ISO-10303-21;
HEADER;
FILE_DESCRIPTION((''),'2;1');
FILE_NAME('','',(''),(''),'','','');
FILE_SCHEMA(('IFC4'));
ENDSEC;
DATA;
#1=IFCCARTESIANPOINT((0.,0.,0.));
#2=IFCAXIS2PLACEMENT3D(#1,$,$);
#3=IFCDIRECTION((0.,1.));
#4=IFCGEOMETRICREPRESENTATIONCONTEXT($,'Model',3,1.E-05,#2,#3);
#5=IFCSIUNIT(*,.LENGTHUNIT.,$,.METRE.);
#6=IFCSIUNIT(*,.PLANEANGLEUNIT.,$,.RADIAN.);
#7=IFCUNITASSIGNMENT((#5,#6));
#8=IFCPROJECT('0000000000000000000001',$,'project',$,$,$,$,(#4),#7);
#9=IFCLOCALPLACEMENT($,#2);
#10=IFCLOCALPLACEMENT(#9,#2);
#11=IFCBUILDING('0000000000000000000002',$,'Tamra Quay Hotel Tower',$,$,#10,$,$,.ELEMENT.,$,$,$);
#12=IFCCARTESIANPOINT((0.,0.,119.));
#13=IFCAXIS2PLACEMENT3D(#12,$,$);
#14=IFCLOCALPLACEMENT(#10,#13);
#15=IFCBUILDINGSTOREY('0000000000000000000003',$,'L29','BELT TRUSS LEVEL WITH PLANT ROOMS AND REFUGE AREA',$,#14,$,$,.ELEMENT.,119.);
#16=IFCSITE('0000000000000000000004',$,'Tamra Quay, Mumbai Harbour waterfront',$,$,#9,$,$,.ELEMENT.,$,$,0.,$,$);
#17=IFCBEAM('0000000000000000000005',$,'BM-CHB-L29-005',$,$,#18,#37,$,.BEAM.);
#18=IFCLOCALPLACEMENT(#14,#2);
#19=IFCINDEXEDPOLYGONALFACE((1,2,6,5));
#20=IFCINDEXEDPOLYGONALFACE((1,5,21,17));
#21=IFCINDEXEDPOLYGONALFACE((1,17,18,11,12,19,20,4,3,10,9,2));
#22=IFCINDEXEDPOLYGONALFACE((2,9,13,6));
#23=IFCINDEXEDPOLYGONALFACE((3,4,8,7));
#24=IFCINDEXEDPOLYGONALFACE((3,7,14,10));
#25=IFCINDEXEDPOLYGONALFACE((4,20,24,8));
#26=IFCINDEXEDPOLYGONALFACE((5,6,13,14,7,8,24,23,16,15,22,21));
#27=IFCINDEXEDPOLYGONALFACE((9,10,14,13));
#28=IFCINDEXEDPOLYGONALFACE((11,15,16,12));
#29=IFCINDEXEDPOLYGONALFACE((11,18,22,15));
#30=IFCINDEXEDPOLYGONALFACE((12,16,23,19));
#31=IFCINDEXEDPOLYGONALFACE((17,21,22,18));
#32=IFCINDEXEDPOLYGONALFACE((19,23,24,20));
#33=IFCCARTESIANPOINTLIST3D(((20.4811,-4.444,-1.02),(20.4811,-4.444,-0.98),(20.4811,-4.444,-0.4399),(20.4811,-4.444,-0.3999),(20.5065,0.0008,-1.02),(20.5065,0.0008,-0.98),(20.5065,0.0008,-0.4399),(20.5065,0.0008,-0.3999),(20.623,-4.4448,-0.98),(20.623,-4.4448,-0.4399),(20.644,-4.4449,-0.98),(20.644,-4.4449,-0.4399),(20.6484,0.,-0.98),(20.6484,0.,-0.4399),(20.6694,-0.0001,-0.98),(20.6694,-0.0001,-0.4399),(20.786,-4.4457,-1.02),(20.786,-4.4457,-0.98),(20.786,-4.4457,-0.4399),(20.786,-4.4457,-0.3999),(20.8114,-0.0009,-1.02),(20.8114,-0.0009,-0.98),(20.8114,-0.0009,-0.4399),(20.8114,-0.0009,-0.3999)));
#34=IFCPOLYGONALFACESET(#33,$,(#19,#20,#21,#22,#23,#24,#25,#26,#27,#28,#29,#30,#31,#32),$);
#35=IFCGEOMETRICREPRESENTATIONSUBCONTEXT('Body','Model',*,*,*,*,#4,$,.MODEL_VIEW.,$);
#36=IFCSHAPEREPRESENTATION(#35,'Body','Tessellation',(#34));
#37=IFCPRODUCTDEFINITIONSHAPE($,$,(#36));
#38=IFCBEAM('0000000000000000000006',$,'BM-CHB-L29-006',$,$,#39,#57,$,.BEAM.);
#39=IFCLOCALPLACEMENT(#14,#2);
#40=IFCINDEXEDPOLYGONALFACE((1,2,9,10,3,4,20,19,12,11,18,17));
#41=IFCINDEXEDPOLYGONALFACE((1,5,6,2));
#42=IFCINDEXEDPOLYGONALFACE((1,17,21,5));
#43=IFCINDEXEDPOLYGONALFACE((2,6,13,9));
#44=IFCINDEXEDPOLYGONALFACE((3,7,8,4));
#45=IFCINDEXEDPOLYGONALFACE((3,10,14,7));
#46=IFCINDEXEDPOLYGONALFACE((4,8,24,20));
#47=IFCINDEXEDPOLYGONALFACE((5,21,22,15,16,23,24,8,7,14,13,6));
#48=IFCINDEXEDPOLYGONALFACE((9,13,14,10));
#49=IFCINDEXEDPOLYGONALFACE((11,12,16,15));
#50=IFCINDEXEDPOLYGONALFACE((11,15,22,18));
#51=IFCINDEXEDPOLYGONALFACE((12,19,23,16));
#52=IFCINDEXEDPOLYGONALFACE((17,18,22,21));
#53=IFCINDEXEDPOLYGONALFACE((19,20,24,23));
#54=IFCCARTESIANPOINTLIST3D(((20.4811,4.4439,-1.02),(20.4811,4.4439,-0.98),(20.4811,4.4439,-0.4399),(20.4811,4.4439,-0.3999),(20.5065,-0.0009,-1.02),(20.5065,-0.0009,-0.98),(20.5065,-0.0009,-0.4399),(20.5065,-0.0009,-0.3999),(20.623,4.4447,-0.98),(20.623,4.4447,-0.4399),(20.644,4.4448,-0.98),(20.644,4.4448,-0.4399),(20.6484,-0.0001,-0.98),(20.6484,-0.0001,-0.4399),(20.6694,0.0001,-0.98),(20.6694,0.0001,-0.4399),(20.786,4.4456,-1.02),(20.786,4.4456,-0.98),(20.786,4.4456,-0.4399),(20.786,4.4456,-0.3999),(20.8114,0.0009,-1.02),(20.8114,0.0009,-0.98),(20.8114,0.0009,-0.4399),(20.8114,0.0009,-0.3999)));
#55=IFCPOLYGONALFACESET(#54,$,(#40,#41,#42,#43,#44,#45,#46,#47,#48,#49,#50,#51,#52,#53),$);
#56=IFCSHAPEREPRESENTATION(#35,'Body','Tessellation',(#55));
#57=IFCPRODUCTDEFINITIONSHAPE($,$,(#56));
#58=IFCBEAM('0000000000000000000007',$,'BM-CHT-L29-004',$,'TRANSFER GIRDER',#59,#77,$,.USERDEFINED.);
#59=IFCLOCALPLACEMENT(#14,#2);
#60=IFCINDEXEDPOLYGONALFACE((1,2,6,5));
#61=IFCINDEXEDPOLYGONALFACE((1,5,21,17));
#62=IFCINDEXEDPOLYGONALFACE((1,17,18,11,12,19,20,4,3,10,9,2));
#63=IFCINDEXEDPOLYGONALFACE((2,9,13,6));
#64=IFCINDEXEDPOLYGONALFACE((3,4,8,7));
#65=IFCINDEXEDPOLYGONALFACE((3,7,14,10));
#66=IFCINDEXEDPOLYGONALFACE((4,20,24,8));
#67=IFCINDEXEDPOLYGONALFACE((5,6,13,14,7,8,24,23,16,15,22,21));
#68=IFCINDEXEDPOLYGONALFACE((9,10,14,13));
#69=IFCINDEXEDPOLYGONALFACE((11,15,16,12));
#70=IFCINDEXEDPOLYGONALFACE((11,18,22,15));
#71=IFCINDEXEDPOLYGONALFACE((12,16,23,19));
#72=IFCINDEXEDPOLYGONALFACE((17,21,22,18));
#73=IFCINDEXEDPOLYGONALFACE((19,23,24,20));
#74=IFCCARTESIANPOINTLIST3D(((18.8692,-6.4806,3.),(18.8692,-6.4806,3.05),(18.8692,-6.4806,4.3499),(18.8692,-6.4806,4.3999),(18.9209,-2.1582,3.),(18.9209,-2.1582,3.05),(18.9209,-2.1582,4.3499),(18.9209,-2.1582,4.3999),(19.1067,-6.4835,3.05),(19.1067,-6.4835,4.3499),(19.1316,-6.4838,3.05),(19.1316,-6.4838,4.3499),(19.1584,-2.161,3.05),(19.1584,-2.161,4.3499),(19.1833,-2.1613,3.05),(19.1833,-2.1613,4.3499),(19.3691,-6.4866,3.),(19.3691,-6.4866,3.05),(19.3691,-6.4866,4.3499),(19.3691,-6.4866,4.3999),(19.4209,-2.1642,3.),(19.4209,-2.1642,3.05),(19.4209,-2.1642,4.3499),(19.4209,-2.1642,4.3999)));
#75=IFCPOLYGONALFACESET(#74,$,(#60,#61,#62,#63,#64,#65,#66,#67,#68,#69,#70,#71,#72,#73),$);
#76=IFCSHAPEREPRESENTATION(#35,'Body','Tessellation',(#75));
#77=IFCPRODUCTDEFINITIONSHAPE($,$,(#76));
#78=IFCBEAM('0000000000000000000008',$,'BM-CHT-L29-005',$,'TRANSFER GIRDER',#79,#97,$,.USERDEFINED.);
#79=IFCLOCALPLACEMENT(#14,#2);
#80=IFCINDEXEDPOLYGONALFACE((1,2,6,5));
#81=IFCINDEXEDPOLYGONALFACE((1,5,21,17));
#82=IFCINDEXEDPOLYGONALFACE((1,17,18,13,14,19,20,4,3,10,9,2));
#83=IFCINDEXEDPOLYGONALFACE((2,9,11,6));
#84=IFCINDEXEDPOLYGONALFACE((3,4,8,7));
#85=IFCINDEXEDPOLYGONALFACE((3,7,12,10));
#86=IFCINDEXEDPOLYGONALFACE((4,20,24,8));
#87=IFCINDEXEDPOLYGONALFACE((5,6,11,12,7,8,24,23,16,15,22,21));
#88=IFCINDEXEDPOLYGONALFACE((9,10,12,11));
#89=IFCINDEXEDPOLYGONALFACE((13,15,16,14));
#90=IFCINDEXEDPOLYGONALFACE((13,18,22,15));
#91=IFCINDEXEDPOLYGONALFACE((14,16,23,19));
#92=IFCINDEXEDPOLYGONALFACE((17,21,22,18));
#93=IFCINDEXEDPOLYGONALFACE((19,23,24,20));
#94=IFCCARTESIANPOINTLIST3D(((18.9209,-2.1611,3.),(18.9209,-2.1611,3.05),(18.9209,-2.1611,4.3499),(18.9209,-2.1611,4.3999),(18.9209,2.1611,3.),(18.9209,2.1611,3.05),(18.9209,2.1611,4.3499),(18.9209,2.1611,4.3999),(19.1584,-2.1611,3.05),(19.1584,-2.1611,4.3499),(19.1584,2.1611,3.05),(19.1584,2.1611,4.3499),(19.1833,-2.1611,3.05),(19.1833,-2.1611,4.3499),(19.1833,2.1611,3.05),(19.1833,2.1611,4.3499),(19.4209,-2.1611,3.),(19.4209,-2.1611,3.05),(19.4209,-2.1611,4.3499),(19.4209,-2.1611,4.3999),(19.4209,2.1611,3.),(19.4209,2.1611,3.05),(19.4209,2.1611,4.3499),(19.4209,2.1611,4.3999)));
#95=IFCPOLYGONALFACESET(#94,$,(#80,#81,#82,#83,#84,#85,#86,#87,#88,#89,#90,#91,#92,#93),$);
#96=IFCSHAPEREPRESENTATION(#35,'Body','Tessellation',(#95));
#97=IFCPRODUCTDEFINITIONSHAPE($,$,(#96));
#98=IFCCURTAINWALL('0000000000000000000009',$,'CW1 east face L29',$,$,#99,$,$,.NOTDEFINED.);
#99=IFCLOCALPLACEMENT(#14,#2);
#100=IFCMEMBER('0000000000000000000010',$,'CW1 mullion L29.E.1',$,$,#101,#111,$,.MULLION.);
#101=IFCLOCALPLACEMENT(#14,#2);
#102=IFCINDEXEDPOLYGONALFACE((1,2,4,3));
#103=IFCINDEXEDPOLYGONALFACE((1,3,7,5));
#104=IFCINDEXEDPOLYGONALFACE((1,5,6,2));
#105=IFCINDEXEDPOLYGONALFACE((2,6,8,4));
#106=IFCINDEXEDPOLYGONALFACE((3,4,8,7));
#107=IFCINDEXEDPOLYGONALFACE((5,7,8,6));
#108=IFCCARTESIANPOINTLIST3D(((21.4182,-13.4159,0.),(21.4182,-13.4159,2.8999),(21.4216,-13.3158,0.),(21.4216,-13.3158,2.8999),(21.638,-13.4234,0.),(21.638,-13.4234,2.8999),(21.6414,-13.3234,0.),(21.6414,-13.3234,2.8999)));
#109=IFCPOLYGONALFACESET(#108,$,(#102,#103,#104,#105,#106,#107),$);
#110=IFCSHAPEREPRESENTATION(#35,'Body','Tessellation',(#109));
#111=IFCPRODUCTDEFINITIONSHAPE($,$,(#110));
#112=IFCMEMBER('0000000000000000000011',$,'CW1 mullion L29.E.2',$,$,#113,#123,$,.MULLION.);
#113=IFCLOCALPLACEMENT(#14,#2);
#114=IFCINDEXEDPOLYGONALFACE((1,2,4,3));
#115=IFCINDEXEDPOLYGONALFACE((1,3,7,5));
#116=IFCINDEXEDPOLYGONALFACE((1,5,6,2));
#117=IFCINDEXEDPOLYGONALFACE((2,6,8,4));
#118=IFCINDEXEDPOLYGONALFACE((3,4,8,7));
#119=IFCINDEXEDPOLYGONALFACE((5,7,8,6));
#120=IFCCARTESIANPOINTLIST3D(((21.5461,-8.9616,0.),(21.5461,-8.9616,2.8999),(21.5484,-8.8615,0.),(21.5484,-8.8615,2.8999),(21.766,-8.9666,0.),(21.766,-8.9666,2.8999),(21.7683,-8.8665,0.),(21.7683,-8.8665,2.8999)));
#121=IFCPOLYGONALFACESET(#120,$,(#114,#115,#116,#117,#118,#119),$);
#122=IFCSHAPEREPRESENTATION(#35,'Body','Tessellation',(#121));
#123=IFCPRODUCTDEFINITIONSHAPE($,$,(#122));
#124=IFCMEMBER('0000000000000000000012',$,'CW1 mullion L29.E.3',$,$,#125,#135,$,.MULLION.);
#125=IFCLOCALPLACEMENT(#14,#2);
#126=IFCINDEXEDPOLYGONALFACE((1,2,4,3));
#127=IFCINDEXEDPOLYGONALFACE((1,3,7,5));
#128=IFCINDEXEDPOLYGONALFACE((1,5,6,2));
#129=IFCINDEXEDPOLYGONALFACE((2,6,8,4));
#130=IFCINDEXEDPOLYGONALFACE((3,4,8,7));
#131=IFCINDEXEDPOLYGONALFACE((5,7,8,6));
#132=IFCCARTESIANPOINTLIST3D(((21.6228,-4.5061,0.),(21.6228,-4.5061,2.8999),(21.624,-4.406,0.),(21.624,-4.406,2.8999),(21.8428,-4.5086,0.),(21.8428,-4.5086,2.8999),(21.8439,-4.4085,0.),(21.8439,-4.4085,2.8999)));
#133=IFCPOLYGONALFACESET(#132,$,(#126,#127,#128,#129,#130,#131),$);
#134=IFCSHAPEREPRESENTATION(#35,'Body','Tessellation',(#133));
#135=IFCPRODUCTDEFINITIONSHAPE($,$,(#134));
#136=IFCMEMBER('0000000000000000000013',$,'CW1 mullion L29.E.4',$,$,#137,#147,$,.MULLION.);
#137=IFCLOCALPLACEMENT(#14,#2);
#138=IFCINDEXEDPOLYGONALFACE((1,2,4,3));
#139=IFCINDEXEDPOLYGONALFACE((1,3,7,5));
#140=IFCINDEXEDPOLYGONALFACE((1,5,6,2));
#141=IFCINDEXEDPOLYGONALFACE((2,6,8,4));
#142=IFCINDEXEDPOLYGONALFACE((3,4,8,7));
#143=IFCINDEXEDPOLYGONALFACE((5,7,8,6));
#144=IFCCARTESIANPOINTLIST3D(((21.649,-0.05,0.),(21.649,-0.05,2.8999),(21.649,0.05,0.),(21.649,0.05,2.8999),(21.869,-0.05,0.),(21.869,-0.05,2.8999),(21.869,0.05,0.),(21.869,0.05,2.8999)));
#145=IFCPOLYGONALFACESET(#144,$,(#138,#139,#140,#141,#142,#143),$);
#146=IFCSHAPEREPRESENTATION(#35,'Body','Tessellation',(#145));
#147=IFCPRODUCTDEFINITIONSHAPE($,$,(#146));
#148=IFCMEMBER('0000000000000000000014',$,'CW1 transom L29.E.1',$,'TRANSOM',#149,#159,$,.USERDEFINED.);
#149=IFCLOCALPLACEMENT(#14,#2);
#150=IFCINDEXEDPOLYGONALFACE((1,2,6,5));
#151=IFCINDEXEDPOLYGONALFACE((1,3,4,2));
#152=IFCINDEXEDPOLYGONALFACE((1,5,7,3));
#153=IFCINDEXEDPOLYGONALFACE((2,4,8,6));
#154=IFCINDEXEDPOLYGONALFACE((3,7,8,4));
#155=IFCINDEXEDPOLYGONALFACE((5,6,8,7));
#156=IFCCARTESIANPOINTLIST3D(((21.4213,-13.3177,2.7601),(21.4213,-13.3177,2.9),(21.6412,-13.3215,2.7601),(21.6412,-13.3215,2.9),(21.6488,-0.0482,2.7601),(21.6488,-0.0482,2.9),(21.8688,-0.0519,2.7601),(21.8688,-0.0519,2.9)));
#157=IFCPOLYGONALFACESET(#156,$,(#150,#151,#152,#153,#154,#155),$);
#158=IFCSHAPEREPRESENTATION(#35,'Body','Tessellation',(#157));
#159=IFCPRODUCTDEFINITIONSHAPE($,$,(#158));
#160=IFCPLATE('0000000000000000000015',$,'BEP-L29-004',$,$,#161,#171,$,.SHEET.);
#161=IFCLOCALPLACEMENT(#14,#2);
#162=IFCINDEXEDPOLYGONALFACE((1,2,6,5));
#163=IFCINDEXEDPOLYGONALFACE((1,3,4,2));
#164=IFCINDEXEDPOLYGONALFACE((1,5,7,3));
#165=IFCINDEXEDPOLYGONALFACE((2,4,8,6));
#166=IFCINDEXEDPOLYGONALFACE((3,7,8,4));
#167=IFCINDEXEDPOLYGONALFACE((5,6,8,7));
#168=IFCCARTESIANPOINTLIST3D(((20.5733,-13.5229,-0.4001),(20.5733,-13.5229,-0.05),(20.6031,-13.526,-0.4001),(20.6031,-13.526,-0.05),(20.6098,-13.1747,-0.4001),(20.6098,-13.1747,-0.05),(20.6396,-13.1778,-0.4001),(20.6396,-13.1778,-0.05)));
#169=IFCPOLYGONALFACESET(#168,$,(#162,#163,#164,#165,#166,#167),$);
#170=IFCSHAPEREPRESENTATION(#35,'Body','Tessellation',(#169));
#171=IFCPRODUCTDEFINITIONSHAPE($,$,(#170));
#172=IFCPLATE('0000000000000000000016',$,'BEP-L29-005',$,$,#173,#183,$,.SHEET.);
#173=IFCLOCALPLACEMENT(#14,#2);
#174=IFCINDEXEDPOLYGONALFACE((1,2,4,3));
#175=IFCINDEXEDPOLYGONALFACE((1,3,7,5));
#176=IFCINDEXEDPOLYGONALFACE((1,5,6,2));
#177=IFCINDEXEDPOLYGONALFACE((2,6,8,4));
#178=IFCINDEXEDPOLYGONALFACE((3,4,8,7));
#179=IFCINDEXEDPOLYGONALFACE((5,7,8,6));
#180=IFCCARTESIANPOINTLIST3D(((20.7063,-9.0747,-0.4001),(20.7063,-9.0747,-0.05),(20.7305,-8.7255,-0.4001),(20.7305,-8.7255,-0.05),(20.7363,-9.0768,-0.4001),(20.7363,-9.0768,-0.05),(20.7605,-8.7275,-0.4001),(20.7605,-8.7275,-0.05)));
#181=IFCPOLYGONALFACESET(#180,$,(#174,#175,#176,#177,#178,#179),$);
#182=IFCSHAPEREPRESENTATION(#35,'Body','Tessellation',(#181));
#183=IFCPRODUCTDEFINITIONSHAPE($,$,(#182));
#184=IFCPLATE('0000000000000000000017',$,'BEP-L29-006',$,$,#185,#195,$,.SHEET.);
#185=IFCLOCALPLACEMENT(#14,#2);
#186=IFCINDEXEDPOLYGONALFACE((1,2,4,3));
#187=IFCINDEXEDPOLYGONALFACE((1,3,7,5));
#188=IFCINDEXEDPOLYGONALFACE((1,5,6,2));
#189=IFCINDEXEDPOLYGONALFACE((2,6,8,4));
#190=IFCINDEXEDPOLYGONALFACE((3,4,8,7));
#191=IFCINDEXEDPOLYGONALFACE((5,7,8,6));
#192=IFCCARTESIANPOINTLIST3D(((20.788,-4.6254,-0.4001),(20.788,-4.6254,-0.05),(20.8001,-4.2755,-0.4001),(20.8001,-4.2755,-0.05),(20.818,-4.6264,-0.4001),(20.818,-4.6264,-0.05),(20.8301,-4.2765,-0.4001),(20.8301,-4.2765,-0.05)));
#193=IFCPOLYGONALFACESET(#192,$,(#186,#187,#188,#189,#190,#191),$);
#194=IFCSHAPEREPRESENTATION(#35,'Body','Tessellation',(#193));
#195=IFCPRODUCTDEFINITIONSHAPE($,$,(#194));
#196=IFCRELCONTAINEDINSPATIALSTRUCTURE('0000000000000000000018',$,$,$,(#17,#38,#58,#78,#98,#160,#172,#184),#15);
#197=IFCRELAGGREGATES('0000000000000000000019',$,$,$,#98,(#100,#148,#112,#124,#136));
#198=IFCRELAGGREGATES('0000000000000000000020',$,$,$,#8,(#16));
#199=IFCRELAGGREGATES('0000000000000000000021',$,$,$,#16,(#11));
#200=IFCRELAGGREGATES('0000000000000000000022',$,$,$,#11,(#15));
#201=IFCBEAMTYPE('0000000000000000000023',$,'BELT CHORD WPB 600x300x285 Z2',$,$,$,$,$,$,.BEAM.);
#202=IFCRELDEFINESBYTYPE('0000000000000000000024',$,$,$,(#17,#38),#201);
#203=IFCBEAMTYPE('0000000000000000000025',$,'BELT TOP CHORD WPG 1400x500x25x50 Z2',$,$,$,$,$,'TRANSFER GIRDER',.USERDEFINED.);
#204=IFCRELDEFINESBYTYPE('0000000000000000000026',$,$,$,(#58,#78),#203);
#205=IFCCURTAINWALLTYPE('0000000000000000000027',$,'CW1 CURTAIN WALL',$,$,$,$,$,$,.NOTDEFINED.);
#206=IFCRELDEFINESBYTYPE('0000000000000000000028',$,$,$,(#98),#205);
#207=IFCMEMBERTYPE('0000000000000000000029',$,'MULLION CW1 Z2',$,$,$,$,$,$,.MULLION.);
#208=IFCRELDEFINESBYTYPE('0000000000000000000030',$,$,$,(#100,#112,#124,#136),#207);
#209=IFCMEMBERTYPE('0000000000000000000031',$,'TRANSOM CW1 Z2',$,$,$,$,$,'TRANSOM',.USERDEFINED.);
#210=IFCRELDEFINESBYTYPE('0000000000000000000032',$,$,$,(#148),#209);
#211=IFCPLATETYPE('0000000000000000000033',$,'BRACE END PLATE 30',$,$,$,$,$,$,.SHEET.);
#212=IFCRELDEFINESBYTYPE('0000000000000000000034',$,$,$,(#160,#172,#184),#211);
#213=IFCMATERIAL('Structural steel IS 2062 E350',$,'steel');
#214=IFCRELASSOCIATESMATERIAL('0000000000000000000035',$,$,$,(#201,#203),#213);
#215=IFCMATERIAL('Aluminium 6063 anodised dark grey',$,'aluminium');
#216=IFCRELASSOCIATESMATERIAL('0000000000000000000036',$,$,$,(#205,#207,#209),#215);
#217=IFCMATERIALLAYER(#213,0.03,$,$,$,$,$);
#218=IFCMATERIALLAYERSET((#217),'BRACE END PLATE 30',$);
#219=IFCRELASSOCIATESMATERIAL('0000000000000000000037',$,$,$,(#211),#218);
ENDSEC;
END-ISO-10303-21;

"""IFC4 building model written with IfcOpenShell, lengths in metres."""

from ifc_helpers import new_model, si_unit, direction, frame, origin, origin_2d, place, context, subcontext, project, spatial, rectangle, i_section, extrude, material, layer, layer_set, material_profile, profile_set, type_object, element, aggregate, save


model = new_model("IFC4")

# Units and contexts
model_context = context("Model", 3, precision=1e-05, world=origin(), true_north=direction((0.0, 1.0)))
body_context = subcontext(model_context, "Body", "Model", "MODEL_VIEW")
ifc_project = project(units=[si_unit("LENGTHUNIT", "METRE"), si_unit("PLANEANGLEUNIT", "RADIAN")], contexts=[model_context])

# Site, building, storey
site_placement = place(None, origin())
site = spatial("IfcSite", under=ifc_project, at=site_placement, Name="Tamra Quay, Mumbai Harbour waterfront", CompositionType="ELEMENT", RefElevation=0.0)
building_placement = place(site_placement, origin())
building = spatial("IfcBuilding", under=site, at=building_placement, Name="Tamra Quay Hotel Tower", CompositionType="ELEMENT")
storey_placement = place(building_placement, frame((0.0, 0.0, 119.0)))
storey = spatial("IfcBuildingStorey", under=building, at=storey_placement, Name="L29", Description="BELT TRUSS LEVEL WITH PLANT ROOMS AND REFUGE AREA", CompositionType="ELEMENT", Elevation=119.0)

# Shared definitions
ifc_material_1 = material(Name="Structural steel IS 2062 E350", Category="steel")

# Beams
ifc_material_profile_1 = material_profile(ifc_material_1, i_section(OverallWidth=0.3049, OverallDepth=0.6201, WebThickness=0.021, FlangeThickness=0.04, at=origin_2d()), Name="WPB 600x300x285")
ifc_profile_set_1 = profile_set([ifc_material_profile_1], Name="Structural steel IS 2062 E350")
beam_type_1 = type_object("IfcBeamType", Name="BELT CHORD WPB 600x300x285 Z2", PredefinedType="BEAM", material=ifc_profile_set_1)
for number, where, z_axis, x_axis, name in (
    (1, (20.6335, -4.4448, -0.71), (0.005712, 0.999984, 0.0), (-0.999984, 0.005712, 0.0), "BM-CHB-L29-005"),
    (2, (20.6589, 0.0, -0.71), (-0.005712, 0.999984, 0.0), (-0.999984, -0.005712, 0.0), "BM-CHB-L29-006"),
):
    element("IfcBeam", number, at=place(storey_placement, frame(where, z_axis=z_axis, x_axis=x_axis)), inside=storey, type_object=beam_type_1, Name=name, PredefinedType="BEAM", context=body_context, shape_type="SweptSolid", body=[
        extrude(i_section(OverallWidth=0.3049, OverallDepth=0.6201, WebThickness=0.021, FlangeThickness=0.04, at=origin_2d()), origin(), (0.0, 0.0, 1.0), 4.4448),
    ])
ifc_material_profile_2 = material_profile(ifc_material_1, i_section(OverallWidth=0.5, OverallDepth=1.3999, WebThickness=0.0249, FlangeThickness=0.05, at=origin_2d()), Name="WPG 1400x500x25x50")
ifc_profile_set_2 = profile_set([ifc_material_profile_2], Name="Structural steel IS 2062 E350")
beam_type_2 = type_object("IfcBeamType", Name="BELT TOP CHORD WPG 1400x500x25x50 Z2", ElementType="TRANSFER GIRDER", PredefinedType="USERDEFINED", material=ifc_profile_set_2)
beam_1_placement = place(storey_placement, frame((19.1191, -6.4836, 3.7), z_axis=(0.011973, 0.999928, 0.0), x_axis=(-0.999928, 0.011973, 0.0)))
element("IfcBeam", 3, at=beam_1_placement, inside=storey, type_object=beam_type_2, Name="BM-CHT-L29-004", ObjectType="TRANSFER GIRDER", PredefinedType="USERDEFINED", context=body_context, shape_type="SweptSolid", body=[
    extrude(i_section(OverallWidth=0.5, OverallDepth=1.3999, WebThickness=0.0249, FlangeThickness=0.05, at=origin_2d()), origin(), (0.0, 0.0, 1.0), 4.3228),
])
beam_2_placement = place(storey_placement, frame((19.1709, -2.1611, 3.7), z_axis=(0.0, 1.0, 0.0), x_axis=(-1.0, 0.0, 0.0)))
element("IfcBeam", 4, at=beam_2_placement, inside=storey, type_object=beam_type_2, Name="BM-CHT-L29-005", ObjectType="TRANSFER GIRDER", PredefinedType="USERDEFINED", context=body_context, shape_type="SweptSolid", body=[
    extrude(i_section(OverallWidth=0.5, OverallDepth=1.3999, WebThickness=0.0249, FlangeThickness=0.05, at=origin_2d()), origin(), (0.0, 0.0, 1.0), 4.3223),
])

# Curtain wall, members
ifc_material_2 = material(Name="Aluminium 6063 anodised dark grey", Category="aluminium")
curtain_wall_type = type_object("IfcCurtainWallType", Name="CW1 CURTAIN WALL", PredefinedType="NOTDEFINED", material=ifc_material_2)
curtain_wall_placement = place(storey_placement, origin())
curtain_wall = element("IfcCurtainWall", 5, at=curtain_wall_placement, inside=storey, type_object=curtain_wall_type, Name="CW1 east face L29", PredefinedType="NOTDEFINED")
ifc_material_profile_3 = material_profile(ifc_material_2, rectangle(XDim=0.22, YDim=0.1001, at=origin_2d()), Name="MULLION 100X220")
ifc_profile_set_3 = profile_set([ifc_material_profile_3], Name="Aluminium 6063 anodised dark grey")
member_type_1 = type_object("IfcMemberType", Name="MULLION CW1 Z2", PredefinedType="MULLION", material=ifc_profile_set_3)
member_1_placement = place(storey_placement, frame((21.5298, -13.3696, 0.0), z_axis=(0.0, 0.0, 1.0), x_axis=(0.999413, -0.034245, 0.0)))
member_1 = element("IfcMember", 6, at=member_1_placement, type_object=member_type_1, Name="CW1 mullion L29.E.1", PredefinedType="MULLION", context=body_context, shape_type="SweptSolid", body=[
    extrude(rectangle(XDim=0.22, YDim=0.1001, at=origin_2d()), origin(), (0.0, 0.0, 1.0), 2.8999),
])
member_2_placement = place(storey_placement, frame((21.6572, -8.9141, 0.0), z_axis=(0.0, 0.0, 1.0), x_axis=(0.999739, -0.02284, 0.0)))
member_2 = element("IfcMember", 7, at=member_2_placement, type_object=member_type_1, Name="CW1 mullion L29.E.2", PredefinedType="MULLION", context=body_context, shape_type="SweptSolid", body=[
    extrude(rectangle(XDim=0.22, YDim=0.1001, at=origin_2d()), origin(), (0.0, 0.0, 1.0), 2.8999),
])
member_3_placement = place(storey_placement, frame((21.7334, -4.4573, 0.0), z_axis=(0.0, 0.0, 1.0), x_axis=(0.999935, -0.011423, 0.0)))
member_3 = element("IfcMember", 8, at=member_3_placement, type_object=member_type_1, Name="CW1 mullion L29.E.3", PredefinedType="MULLION", context=body_context, shape_type="SweptSolid", body=[
    extrude(rectangle(XDim=0.22, YDim=0.1001, at=origin_2d()), origin(), (0.0, 0.0, 1.0), 2.8999),
])
member_4_placement = place(storey_placement, frame((21.759, 0.0, 0.0), z_axis=(0.0, 0.0, 1.0), x_axis=(1.0, 0.0, 0.0)))
member_4 = element("IfcMember", 9, at=member_4_placement, type_object=member_type_1, Name="CW1 mullion L29.E.4", PredefinedType="MULLION", context=body_context, shape_type="SweptSolid", body=[
    extrude(rectangle(XDim=0.22, YDim=0.1001, at=origin_2d()), origin(), (0.0, 0.0, 1.0), 2.8999),
])
ifc_material_profile_4 = material_profile(ifc_material_2, rectangle(XDim=0.22, YDim=0.1399, at=origin_2d()), Name="TRANSOM 220X140")
ifc_profile_set_4 = profile_set([ifc_material_profile_4], Name="Aluminium 6063 anodised dark grey")
member_type_2 = type_object("IfcMemberType", Name="TRANSOM CW1 Z2", ElementType="TRANSOM", PredefinedType="USERDEFINED", material=ifc_profile_set_4)
member_5_placement = place(storey_placement, frame((21.5312, -13.3196, 2.8301), z_axis=(0.017145, 0.999853, 0.0), x_axis=(-0.999853, 0.017145, 0.0)))
member_5 = element("IfcMember", 10, at=member_5_placement, type_object=member_type_2, Name="CW1 transom L29.E.1", ObjectType="TRANSOM", PredefinedType="USERDEFINED", context=body_context, shape_type="SweptSolid", body=[
    extrude(rectangle(XDim=0.22, YDim=0.1399, at=origin_2d()), origin(), (0.0, 0.0, 1.0), 13.2715),
])

# Plates
ifc_layer_1 = layer(ifc_material_1, 0.03)
ifc_layer_set_1 = layer_set([ifc_layer_1], Name="BRACE END PLATE 30")
plate_type_1 = type_object("IfcPlateType", Name="BRACE END PLATE 30", PredefinedType="SHEET", material=ifc_layer_set_1)
for number, where, z_axis, x_axis, name in (
    (11, (20.6064, -13.3503, -0.4001), (0.0, 0.0, 1.0), (-0.994551, 0.104251, 0.0), "BEP-L29-004"),
    (12, (20.7334, -8.9011, -0.4001), (0.0, 0.0, 1.0), (-0.997599, 0.069253, 0.0), "BEP-L29-005"),
    (13, (20.8091, -4.4509, -0.4001), (0.0, 0.0, 1.0), (-0.999402, 0.034575, 0.0), "BEP-L29-006"),
):
    element("IfcPlate", number, at=place(storey_placement, frame(where, z_axis=z_axis, x_axis=x_axis)), inside=storey, type_object=plate_type_1, Name=name, PredefinedType="SHEET", context=body_context, shape_type="SweptSolid", body=[
        extrude(rectangle(XDim=0.03, YDim=0.3501, at=origin_2d()), origin(), (0.0, 0.0, 1.0), 0.3501),
    ])

aggregate(curtain_wall, [member_1, member_5, member_2, member_3, member_4])

save(model, "model.ifc")
